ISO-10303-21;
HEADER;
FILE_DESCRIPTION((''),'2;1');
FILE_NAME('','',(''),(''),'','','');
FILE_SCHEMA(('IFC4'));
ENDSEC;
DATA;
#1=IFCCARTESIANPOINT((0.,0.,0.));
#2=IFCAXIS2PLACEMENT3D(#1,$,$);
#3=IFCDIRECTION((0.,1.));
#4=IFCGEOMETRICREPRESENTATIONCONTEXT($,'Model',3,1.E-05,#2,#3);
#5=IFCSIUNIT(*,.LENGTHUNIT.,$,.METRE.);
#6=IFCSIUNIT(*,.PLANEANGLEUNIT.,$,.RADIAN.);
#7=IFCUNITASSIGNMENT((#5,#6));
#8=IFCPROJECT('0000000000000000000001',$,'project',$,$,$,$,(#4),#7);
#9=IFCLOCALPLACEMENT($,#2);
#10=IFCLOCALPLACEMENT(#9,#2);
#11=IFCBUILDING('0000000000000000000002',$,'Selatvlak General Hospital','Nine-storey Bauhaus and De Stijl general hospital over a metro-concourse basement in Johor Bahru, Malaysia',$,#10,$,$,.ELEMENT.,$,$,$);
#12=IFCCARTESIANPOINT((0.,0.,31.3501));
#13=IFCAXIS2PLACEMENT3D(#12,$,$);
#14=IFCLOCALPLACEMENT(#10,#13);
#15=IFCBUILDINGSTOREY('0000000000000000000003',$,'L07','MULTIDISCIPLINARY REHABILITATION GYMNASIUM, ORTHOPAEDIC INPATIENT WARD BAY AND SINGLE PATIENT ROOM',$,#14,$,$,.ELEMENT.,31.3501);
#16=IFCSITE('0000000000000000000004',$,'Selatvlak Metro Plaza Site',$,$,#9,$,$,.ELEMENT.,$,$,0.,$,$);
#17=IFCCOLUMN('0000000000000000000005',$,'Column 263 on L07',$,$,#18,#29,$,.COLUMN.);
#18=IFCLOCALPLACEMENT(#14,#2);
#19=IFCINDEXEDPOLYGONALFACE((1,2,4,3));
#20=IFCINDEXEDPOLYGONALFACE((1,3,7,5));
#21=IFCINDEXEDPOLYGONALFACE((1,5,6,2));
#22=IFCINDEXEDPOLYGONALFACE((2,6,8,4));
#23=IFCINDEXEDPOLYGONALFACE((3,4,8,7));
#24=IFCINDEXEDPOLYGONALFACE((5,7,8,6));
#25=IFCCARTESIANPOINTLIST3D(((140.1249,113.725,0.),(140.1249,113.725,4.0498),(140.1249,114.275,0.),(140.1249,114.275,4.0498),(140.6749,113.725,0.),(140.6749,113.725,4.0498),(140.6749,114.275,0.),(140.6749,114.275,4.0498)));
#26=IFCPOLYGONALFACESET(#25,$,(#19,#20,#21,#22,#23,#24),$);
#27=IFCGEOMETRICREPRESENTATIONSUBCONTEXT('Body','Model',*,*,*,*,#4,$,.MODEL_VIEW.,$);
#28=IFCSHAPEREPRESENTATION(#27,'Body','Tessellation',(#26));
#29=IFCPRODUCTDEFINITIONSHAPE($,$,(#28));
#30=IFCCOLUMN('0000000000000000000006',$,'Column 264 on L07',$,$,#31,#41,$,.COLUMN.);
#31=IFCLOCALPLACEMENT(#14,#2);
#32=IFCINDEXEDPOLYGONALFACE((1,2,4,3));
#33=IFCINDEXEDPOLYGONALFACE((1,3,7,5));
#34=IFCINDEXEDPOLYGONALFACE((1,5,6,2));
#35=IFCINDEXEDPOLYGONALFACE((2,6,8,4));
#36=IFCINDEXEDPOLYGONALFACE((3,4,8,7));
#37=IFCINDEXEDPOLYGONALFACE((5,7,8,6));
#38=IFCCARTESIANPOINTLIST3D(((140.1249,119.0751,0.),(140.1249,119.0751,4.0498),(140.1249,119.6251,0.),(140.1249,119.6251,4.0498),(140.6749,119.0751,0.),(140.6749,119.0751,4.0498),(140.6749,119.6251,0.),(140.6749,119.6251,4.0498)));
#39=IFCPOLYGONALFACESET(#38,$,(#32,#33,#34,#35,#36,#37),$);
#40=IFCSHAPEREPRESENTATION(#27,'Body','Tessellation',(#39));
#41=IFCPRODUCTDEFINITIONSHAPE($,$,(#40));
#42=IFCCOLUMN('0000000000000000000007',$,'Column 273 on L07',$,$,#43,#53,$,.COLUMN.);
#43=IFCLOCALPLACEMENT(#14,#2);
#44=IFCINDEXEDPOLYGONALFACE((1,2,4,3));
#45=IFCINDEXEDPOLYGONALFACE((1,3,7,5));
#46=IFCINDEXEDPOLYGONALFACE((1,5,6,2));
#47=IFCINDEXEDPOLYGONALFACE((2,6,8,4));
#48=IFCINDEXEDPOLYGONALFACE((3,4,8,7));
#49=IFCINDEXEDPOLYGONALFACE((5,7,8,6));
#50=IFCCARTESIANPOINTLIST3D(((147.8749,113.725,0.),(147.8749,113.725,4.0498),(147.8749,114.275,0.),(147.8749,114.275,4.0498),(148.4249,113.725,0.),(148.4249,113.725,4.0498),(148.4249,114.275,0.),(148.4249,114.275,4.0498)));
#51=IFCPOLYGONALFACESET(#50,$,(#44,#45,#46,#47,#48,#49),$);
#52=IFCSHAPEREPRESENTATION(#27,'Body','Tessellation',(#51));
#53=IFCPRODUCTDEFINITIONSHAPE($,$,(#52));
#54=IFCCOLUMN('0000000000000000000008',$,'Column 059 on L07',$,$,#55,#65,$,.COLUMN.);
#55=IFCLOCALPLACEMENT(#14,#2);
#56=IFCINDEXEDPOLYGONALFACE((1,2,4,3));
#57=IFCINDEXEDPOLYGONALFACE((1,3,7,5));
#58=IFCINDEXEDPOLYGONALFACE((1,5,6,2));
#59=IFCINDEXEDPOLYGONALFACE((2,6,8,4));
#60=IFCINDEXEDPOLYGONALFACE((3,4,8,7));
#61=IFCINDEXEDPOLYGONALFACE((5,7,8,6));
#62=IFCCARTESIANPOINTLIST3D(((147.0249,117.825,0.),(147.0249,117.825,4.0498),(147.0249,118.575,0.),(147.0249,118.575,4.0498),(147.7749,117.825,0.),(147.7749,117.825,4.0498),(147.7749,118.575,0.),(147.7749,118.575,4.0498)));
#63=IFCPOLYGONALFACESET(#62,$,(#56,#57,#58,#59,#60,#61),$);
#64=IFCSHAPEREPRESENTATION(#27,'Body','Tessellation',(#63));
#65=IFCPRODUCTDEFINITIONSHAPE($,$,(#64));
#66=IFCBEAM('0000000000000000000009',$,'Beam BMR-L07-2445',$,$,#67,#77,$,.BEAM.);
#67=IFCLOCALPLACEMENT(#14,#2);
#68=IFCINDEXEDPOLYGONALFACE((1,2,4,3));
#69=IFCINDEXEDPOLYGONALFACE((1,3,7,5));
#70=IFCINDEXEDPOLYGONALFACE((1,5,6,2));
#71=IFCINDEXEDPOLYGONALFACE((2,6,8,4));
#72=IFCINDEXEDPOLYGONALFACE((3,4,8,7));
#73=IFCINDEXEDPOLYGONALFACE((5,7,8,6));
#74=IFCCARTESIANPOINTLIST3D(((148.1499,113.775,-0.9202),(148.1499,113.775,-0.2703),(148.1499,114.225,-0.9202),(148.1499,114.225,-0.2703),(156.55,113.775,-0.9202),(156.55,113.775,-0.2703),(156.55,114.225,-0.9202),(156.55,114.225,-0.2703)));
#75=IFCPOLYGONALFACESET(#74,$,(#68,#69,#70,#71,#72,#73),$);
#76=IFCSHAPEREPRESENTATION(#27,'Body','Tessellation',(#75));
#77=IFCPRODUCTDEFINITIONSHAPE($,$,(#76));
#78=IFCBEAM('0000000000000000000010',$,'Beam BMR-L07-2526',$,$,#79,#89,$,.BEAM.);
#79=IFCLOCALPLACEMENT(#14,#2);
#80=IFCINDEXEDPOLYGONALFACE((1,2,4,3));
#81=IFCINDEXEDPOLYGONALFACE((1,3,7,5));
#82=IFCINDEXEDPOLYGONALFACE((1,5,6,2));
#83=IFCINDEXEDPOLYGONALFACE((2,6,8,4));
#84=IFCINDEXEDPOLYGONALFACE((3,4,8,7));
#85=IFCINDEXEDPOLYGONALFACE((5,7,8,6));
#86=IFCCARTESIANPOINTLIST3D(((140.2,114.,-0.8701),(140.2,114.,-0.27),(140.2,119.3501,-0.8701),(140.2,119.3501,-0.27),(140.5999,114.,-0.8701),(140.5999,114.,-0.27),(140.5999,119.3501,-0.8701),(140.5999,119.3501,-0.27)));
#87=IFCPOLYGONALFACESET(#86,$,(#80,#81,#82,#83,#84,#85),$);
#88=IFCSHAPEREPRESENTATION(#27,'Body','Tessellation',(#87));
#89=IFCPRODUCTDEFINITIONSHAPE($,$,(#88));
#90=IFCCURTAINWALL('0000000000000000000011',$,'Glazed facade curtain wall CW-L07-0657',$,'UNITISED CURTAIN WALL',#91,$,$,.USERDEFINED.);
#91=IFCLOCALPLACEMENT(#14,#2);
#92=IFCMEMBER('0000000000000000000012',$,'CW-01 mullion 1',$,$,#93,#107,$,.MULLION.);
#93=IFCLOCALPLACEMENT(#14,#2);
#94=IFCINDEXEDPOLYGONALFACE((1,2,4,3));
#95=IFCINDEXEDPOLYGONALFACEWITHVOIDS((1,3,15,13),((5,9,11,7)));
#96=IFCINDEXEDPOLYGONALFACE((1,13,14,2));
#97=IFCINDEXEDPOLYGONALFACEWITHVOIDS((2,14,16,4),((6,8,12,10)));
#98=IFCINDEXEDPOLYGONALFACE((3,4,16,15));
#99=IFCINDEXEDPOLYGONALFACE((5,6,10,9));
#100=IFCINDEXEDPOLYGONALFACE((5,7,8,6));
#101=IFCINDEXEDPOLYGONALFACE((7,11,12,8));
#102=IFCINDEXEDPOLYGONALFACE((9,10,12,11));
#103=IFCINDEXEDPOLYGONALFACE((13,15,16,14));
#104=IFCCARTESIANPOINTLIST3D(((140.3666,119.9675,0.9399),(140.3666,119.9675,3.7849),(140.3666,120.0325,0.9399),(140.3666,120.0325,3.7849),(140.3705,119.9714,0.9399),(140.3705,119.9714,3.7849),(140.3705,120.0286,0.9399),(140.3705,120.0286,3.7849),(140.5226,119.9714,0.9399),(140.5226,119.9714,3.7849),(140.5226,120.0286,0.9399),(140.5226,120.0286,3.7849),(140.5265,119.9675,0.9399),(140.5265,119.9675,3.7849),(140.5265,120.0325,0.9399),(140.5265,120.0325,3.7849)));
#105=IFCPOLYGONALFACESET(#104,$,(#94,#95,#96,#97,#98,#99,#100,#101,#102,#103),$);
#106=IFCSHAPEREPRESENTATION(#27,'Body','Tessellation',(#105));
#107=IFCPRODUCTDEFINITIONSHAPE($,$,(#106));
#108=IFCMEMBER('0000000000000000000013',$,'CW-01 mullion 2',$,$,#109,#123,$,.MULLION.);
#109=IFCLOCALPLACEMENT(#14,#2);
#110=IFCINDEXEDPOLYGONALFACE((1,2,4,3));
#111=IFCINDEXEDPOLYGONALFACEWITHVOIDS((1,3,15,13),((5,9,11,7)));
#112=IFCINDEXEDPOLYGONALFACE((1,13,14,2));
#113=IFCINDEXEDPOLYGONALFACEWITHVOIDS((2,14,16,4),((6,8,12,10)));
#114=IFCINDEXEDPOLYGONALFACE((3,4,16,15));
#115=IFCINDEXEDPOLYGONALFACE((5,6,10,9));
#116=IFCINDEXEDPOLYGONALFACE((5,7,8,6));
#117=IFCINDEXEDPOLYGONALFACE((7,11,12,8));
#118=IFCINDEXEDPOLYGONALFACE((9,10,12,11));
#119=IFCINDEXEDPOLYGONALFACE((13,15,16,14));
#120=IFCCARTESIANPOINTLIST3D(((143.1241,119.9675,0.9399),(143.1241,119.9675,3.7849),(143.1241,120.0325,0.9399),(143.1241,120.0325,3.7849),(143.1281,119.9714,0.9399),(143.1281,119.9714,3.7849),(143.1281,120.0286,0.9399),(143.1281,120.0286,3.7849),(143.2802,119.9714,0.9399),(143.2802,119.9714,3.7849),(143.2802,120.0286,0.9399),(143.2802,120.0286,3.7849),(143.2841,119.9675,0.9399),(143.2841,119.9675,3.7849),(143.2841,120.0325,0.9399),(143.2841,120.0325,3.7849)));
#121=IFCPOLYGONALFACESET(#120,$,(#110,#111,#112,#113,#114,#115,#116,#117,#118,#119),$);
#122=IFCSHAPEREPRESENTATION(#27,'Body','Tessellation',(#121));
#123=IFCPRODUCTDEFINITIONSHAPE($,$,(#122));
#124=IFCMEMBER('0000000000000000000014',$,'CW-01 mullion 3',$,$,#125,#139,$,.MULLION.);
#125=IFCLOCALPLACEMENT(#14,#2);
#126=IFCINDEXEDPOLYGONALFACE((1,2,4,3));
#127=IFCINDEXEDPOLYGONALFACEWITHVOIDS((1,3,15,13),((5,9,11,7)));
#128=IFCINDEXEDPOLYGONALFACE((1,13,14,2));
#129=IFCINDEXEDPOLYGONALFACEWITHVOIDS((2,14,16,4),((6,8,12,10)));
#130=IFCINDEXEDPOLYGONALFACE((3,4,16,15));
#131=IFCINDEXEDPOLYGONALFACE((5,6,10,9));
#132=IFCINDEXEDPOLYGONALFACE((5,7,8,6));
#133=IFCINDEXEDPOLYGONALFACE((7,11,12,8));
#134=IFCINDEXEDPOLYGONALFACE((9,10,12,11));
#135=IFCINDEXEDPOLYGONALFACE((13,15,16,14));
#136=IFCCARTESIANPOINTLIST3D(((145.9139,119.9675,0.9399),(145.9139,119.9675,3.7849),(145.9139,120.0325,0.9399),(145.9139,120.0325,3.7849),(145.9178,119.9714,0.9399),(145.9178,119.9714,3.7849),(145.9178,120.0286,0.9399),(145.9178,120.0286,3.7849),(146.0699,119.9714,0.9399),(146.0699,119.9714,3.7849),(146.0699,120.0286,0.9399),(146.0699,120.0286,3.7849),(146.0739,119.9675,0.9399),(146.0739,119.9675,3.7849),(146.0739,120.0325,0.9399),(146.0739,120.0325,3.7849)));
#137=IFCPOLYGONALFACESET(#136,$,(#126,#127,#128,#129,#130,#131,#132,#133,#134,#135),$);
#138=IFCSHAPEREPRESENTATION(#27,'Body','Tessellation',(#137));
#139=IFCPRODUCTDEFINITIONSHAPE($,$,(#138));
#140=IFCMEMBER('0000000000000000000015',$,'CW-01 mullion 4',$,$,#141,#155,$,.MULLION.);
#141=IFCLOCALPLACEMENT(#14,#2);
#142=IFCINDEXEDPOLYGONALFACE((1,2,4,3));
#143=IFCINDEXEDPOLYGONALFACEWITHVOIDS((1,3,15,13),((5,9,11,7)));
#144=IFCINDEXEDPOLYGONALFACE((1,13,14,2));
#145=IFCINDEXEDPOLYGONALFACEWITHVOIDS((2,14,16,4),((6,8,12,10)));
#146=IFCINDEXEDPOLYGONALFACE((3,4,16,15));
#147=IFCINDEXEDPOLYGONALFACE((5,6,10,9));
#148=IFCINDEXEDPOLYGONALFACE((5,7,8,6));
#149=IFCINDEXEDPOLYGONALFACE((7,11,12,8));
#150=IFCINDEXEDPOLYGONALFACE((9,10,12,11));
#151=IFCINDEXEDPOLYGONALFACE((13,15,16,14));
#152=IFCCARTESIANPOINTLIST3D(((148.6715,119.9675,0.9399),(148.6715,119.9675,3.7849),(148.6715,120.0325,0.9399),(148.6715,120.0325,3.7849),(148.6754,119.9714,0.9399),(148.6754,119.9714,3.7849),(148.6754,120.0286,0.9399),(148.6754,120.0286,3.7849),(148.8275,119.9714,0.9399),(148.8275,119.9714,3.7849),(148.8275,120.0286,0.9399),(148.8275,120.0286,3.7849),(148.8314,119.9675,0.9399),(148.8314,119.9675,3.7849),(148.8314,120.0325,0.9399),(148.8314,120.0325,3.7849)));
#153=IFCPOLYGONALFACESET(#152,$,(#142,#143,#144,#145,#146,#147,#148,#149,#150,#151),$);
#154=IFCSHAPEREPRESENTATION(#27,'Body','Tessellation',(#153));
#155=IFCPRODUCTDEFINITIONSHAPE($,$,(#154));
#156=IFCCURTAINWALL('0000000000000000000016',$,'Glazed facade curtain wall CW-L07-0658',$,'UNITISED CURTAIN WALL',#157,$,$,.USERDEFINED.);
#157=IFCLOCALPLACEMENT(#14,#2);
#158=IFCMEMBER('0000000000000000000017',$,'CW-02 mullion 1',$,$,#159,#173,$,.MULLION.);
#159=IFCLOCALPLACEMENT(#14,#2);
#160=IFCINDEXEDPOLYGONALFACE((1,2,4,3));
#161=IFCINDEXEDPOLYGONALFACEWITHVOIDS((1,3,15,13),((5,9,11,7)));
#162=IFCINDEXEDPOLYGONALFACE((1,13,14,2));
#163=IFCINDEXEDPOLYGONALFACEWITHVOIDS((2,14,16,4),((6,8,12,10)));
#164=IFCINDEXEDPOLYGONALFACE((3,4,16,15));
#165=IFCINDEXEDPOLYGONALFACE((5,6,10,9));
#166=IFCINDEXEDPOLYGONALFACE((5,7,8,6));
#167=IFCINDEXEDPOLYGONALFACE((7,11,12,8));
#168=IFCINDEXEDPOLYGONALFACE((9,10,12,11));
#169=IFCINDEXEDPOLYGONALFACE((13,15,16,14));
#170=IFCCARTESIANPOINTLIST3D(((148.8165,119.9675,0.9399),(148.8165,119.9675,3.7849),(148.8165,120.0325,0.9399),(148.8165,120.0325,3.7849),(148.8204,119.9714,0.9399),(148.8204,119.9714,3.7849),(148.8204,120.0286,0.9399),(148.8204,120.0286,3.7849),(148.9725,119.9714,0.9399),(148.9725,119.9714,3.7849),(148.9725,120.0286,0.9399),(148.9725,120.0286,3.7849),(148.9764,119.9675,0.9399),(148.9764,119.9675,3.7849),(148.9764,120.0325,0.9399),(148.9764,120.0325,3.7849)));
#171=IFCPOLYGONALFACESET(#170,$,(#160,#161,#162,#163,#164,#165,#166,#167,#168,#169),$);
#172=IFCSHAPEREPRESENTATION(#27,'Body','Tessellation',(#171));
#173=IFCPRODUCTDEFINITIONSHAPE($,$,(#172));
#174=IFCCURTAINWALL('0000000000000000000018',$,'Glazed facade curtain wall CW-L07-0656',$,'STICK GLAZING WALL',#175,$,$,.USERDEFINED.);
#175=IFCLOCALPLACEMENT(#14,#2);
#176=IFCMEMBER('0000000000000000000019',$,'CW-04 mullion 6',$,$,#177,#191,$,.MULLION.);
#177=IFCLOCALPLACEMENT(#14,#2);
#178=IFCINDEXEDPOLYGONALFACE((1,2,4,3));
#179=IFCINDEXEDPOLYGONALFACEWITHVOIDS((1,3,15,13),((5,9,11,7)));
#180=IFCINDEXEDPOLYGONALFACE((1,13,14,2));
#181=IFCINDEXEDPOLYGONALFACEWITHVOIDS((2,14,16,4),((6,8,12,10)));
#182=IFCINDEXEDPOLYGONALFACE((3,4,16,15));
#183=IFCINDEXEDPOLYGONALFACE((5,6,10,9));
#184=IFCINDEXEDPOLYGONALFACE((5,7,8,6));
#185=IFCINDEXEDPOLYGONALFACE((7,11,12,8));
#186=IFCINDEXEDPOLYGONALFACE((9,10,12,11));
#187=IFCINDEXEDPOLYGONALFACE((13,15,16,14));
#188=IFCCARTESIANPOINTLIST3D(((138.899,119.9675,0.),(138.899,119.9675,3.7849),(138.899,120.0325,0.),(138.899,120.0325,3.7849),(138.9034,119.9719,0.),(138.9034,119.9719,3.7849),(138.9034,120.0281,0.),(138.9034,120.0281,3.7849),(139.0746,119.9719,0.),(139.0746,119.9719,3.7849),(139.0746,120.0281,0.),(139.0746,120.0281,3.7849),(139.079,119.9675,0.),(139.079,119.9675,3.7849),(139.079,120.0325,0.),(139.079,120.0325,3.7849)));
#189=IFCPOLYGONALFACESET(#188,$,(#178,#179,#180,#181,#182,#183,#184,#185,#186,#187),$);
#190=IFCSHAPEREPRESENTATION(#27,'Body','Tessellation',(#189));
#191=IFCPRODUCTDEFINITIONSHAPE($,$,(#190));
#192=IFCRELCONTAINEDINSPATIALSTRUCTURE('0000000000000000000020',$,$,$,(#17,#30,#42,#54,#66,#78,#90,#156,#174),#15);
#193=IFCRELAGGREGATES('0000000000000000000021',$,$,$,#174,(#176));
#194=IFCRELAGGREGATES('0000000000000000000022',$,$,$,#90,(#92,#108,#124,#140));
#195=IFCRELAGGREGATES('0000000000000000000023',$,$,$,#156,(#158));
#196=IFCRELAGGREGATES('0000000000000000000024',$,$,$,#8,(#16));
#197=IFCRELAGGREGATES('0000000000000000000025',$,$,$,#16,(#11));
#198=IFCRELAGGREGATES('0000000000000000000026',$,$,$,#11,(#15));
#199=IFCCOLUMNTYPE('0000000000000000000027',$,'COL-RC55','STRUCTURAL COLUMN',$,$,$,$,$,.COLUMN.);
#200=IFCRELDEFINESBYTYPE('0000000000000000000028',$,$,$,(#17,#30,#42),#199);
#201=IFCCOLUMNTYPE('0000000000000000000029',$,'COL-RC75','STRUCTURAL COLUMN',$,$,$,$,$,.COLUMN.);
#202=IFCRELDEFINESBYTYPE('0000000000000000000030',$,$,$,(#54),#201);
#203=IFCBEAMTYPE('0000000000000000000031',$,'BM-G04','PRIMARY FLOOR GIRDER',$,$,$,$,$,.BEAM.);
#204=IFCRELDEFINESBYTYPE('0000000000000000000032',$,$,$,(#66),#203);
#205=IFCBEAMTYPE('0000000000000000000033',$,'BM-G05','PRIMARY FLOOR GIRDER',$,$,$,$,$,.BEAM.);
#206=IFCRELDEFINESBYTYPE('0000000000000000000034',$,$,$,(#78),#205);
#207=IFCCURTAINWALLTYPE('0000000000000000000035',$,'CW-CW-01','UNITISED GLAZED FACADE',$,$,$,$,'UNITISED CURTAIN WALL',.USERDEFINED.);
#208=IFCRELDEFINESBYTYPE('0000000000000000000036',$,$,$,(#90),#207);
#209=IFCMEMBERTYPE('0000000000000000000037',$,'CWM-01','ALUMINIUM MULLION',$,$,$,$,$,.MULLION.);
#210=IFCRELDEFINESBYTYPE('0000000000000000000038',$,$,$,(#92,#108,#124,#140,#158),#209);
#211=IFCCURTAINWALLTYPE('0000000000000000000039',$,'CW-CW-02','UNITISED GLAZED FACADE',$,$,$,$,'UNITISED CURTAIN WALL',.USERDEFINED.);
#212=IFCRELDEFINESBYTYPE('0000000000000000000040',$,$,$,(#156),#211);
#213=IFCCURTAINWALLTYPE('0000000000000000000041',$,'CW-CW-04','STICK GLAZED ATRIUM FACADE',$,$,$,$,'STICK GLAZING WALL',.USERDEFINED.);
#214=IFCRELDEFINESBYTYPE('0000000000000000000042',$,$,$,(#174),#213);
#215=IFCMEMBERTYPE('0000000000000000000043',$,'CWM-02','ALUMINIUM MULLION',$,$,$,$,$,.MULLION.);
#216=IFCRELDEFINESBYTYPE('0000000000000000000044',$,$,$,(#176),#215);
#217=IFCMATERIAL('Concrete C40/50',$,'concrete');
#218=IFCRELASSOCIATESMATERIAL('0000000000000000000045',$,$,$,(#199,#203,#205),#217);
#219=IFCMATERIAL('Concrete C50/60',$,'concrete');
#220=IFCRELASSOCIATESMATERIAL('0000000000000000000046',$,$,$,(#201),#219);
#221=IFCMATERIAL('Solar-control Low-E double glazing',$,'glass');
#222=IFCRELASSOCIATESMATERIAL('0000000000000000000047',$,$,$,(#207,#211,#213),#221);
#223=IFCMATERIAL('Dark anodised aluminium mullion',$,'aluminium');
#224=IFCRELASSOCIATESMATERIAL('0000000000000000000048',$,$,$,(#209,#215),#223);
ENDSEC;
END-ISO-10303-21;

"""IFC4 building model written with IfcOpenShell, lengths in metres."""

from ifc_helpers import new_model, si_unit, direction, frame, origin, origin_2d, place, context, subcontext, project, spatial, rectangle, hollow_rectangle, extrude, material, material_profile, profile_set, type_object, element, aggregate, save


model = new_model("IFC4")

# Units and contexts
model_context = context("Model", 3, precision=1e-05, world=origin(), true_north=direction((0.0, 1.0)))
body_context = subcontext(model_context, "Body", "Model", "MODEL_VIEW")
ifc_project = project(units=[si_unit("LENGTHUNIT", "METRE"), si_unit("PLANEANGLEUNIT", "RADIAN")], contexts=[model_context])

# Site, building, storey
site_placement = place(None, origin())
site = spatial("IfcSite", under=ifc_project, at=site_placement, Name="Selatvlak Metro Plaza Site", CompositionType="ELEMENT", RefElevation=0.0)
building_placement = place(site_placement, origin())
building = spatial("IfcBuilding", under=site, at=building_placement, Name="Selatvlak General Hospital", Description="Nine-storey Bauhaus and De Stijl general hospital over a metro-concourse basement in Johor Bahru, Malaysia", CompositionType="ELEMENT")
storey_placement = place(building_placement, frame((0.0, 0.0, 31.3501)))
storey = spatial("IfcBuildingStorey", under=building, at=storey_placement, Name="L07", Description="MULTIDISCIPLINARY REHABILITATION GYMNASIUM, ORTHOPAEDIC INPATIENT WARD BAY AND SINGLE PATIENT ROOM", CompositionType="ELEMENT", Elevation=31.3501)

# Columns
ifc_material_1 = material(Name="Concrete C40/50", Category="concrete")
ifc_material_profile_1 = material_profile(ifc_material_1, rectangle(XDim=0.55, YDim=0.55, at=origin_2d()), Name="RC-COL 550x550")
ifc_profile_set_1 = profile_set([ifc_material_profile_1], Name="Concrete C40/50")
column_type_1 = type_object("IfcColumnType", Name="COL-RC55", Description="STRUCTURAL COLUMN", PredefinedType="COLUMN", material=ifc_profile_set_1)
for number, where, z_axis, x_axis, name in (
    (1, (140.3999, 114.0, 0.0), (0.0, 0.0, 1.0), (1.0, 0.0, 0.0), "Column 263 on L07"),
    (2, (140.3999, 119.3501, 0.0), (0.0, 0.0, 1.0), (1.0, 0.0, 0.0), "Column 264 on L07"),
    (3, (148.1499, 114.0, 0.0), (0.0, 0.0, 1.0), (1.0, 0.0, 0.0), "Column 273 on L07"),
):
    element("IfcColumn", number, at=place(storey_placement, frame(where, z_axis=z_axis, x_axis=x_axis)), inside=storey, type_object=column_type_1, Name=name, PredefinedType="COLUMN", context=body_context, shape_type="SweptSolid", body=[
        extrude(rectangle(XDim=0.55, YDim=0.55, at=origin_2d()), origin(), (0.0, 0.0, 1.0), 4.0498),
    ])
ifc_material_2 = material(Name="Concrete C50/60", Category="concrete")
ifc_material_profile_2 = material_profile(ifc_material_2, rectangle(XDim=0.75, YDim=0.75, at=origin_2d()), Name="RC-COL 750x750")
ifc_profile_set_2 = profile_set([ifc_material_profile_2], Name="Concrete C50/60")
column_type_2 = type_object("IfcColumnType", Name="COL-RC75", Description="STRUCTURAL COLUMN", PredefinedType="COLUMN", material=ifc_profile_set_2)
column_placement = place(storey_placement, frame((147.3999, 118.2, 0.0), z_axis=(0.0, 0.0, 1.0), x_axis=(1.0, 0.0, 0.0)))
element("IfcColumn", 4, at=column_placement, inside=storey, type_object=column_type_2, Name="Column 059 on L07", PredefinedType="COLUMN", context=body_context, shape_type="SweptSolid", body=[
    extrude(rectangle(XDim=0.75, YDim=0.75, at=origin_2d()), origin(), (0.0, 0.0, 1.0), 4.0498),
])

# Beams
ifc_material_profile_3 = material_profile(ifc_material_1, rectangle(XDim=0.45, YDim=0.6499, at=origin_2d()), Name="RC-BM 450x650")
ifc_profile_set_3 = profile_set([ifc_material_profile_3], Name="Concrete C40/50")
beam_type_1 = type_object("IfcBeamType", Name="BM-G04", Description="PRIMARY FLOOR GIRDER", PredefinedType="BEAM", material=ifc_profile_set_3)
beam_1_placement = place(storey_placement, frame((148.1499, 114.0, -0.5952), z_axis=(1.0, 0.0, 0.0), x_axis=(0.0, 1.0, 0.0)))
element("IfcBeam", 5, at=beam_1_placement, inside=storey, type_object=beam_type_1, Name="Beam BMR-L07-2445", PredefinedType="BEAM", context=body_context, shape_type="SweptSolid", body=[
    extrude(rectangle(XDim=0.45, YDim=0.6499, at=origin_2d()), origin(), (0.0, 0.0, 1.0), 8.4001),
])
ifc_material_profile_4 = material_profile(ifc_material_1, rectangle(XDim=0.3999, YDim=0.6001, at=origin_2d()), Name="RC-BM 400x600")
ifc_profile_set_4 = profile_set([ifc_material_profile_4], Name="Concrete C40/50")
beam_type_2 = type_object("IfcBeamType", Name="BM-G05", Description="PRIMARY FLOOR GIRDER", PredefinedType="BEAM", material=ifc_profile_set_4)
beam_2_placement = place(storey_placement, frame((140.3999, 114.0, -0.5701), z_axis=(0.0, 1.0, 0.0), x_axis=(-1.0, 0.0, 0.0)))
element("IfcBeam", 6, at=beam_2_placement, inside=storey, type_object=beam_type_2, Name="Beam BMR-L07-2526", PredefinedType="BEAM", context=body_context, shape_type="SweptSolid", body=[
    extrude(rectangle(XDim=0.3999, YDim=0.6001, at=origin_2d()), origin(), (0.0, 0.0, 1.0), 5.3501),
])

# Curtain wall, members
ifc_material_3 = material(Name="Solar-control Low-E double glazing", Category="glass")
curtain_wall_type_1 = type_object("IfcCurtainWallType", Name="CW-CW-01", Description="UNITISED GLAZED FACADE", ElementType="UNITISED CURTAIN WALL", PredefinedType="USERDEFINED", material=ifc_material_3)
curtain_wall_1_placement = place(storey_placement, origin())
curtain_wall_1 = element("IfcCurtainWall", 7, at=curtain_wall_1_placement, inside=storey, type_object=curtain_wall_type_1, Name="Glazed facade curtain wall CW-L07-0657", ObjectType="UNITISED CURTAIN WALL", PredefinedType="USERDEFINED")
ifc_material_4 = material(Name="Dark anodised aluminium mullion", Category="aluminium")
ifc_material_profile_5 = material_profile(ifc_material_4, hollow_rectangle(XDim=0.0649, YDim=0.1599, WallThickness=0.0039, at=origin_2d()), Name="AL-MUL 65x160x4")
ifc_profile_set_5 = profile_set([ifc_material_profile_5], Name="Dark anodised aluminium mullion")
member_type_1 = type_object("IfcMemberType", Name="CWM-01", Description="ALUMINIUM MULLION", PredefinedType="MULLION", material=ifc_profile_set_5)
member_1_placement = place(storey_placement, frame((140.4465, 120.0, 0.9399), z_axis=(0.0, 0.0, 1.0), x_axis=(0.0, 1.0, 0.0)))
member_1 = element("IfcMember", 8, at=member_1_placement, type_object=member_type_1, Name="CW-01 mullion 1", PredefinedType="MULLION", context=body_context, shape_type="SweptSolid", body=[
    extrude(hollow_rectangle(XDim=0.0649, YDim=0.1599, WallThickness=0.0039, at=origin_2d()), origin(), (0.0, 0.0, 1.0), 2.845),
])
member_2_placement = place(storey_placement, frame((143.2041, 120.0, 0.9399), z_axis=(0.0, 0.0, 1.0), x_axis=(0.0, 1.0, 0.0)))
member_2 = element("IfcMember", 9, at=member_2_placement, type_object=member_type_1, Name="CW-01 mullion 2", PredefinedType="MULLION", context=body_context, shape_type="SweptSolid", body=[
    extrude(hollow_rectangle(XDim=0.0649, YDim=0.1599, WallThickness=0.0039, at=origin_2d()), origin(), (0.0, 0.0, 1.0), 2.845),
])
member_3_placement = place(storey_placement, frame((145.9939, 120.0, 0.9399), z_axis=(0.0, 0.0, 1.0), x_axis=(0.0, 1.0, 0.0)))
member_3 = element("IfcMember", 10, at=member_3_placement, type_object=member_type_1, Name="CW-01 mullion 3", PredefinedType="MULLION", context=body_context, shape_type="SweptSolid", body=[
    extrude(hollow_rectangle(XDim=0.0649, YDim=0.1599, WallThickness=0.0039, at=origin_2d()), origin(), (0.0, 0.0, 1.0), 2.845),
])
member_4_placement = place(storey_placement, frame((148.7515, 120.0, 0.9399), z_axis=(0.0, 0.0, 1.0), x_axis=(0.0, 1.0, 0.0)))
member_4 = element("IfcMember", 11, at=member_4_placement, type_object=member_type_1, Name="CW-01 mullion 4", PredefinedType="MULLION", context=body_context, shape_type="SweptSolid", body=[
    extrude(hollow_rectangle(XDim=0.0649, YDim=0.1599, WallThickness=0.0039, at=origin_2d()), origin(), (0.0, 0.0, 1.0), 2.845),
])

# Curtain wall, member
curtain_wall_type_2 = type_object("IfcCurtainWallType", Name="CW-CW-02", Description="UNITISED GLAZED FACADE", ElementType="UNITISED CURTAIN WALL", PredefinedType="USERDEFINED", material=ifc_material_3)
curtain_wall_2_placement = place(storey_placement, origin())
curtain_wall_2 = element("IfcCurtainWall", 12, at=curtain_wall_2_placement, inside=storey, type_object=curtain_wall_type_2, Name="Glazed facade curtain wall CW-L07-0658", ObjectType="UNITISED CURTAIN WALL", PredefinedType="USERDEFINED")
member_5_placement = place(storey_placement, frame((148.8965, 120.0, 0.9399), z_axis=(0.0, 0.0, 1.0), x_axis=(0.0, 1.0, 0.0)))
member_5 = element("IfcMember", 13, at=member_5_placement, type_object=member_type_1, Name="CW-02 mullion 1", PredefinedType="MULLION", context=body_context, shape_type="SweptSolid", body=[
    extrude(hollow_rectangle(XDim=0.0649, YDim=0.1599, WallThickness=0.0039, at=origin_2d()), origin(), (0.0, 0.0, 1.0), 2.845),
])

# Curtain wall, member
curtain_wall_type_3 = type_object("IfcCurtainWallType", Name="CW-CW-04", Description="STICK GLAZED ATRIUM FACADE", ElementType="STICK GLAZING WALL", PredefinedType="USERDEFINED", material=ifc_material_3)
curtain_wall_3_placement = place(storey_placement, origin())
curtain_wall_3 = element("IfcCurtainWall", 14, at=curtain_wall_3_placement, inside=storey, type_object=curtain_wall_type_3, Name="Glazed facade curtain wall CW-L07-0656", ObjectType="STICK GLAZING WALL", PredefinedType="USERDEFINED")
ifc_material_profile_6 = material_profile(ifc_material_4, hollow_rectangle(XDim=0.0649, YDim=0.1799, WallThickness=0.0044, at=origin_2d()), Name="AL-MUL 65x180x4.5")
ifc_profile_set_6 = profile_set([ifc_material_profile_6], Name="Dark anodised aluminium mullion")
member_type_2 = type_object("IfcMemberType", Name="CWM-02", Description="ALUMINIUM MULLION", PredefinedType="MULLION", material=ifc_profile_set_6)
member_6_placement = place(storey_placement, frame((138.989, 120.0, 0.0), z_axis=(0.0, 0.0, 1.0), x_axis=(0.0, 1.0, 0.0)))
member_6 = element("IfcMember", 15, at=member_6_placement, type_object=member_type_2, Name="CW-04 mullion 6", PredefinedType="MULLION", context=body_context, shape_type="SweptSolid", body=[
    extrude(hollow_rectangle(XDim=0.0649, YDim=0.1799, WallThickness=0.0044, at=origin_2d()), origin(), (0.0, 0.0, 1.0), 3.7849),
])

aggregate(curtain_wall_3, [member_6])
aggregate(curtain_wall_1, [member_1, member_2, member_3, member_4])
aggregate(curtain_wall_2, [member_5])

save(model, "model.ifc")
